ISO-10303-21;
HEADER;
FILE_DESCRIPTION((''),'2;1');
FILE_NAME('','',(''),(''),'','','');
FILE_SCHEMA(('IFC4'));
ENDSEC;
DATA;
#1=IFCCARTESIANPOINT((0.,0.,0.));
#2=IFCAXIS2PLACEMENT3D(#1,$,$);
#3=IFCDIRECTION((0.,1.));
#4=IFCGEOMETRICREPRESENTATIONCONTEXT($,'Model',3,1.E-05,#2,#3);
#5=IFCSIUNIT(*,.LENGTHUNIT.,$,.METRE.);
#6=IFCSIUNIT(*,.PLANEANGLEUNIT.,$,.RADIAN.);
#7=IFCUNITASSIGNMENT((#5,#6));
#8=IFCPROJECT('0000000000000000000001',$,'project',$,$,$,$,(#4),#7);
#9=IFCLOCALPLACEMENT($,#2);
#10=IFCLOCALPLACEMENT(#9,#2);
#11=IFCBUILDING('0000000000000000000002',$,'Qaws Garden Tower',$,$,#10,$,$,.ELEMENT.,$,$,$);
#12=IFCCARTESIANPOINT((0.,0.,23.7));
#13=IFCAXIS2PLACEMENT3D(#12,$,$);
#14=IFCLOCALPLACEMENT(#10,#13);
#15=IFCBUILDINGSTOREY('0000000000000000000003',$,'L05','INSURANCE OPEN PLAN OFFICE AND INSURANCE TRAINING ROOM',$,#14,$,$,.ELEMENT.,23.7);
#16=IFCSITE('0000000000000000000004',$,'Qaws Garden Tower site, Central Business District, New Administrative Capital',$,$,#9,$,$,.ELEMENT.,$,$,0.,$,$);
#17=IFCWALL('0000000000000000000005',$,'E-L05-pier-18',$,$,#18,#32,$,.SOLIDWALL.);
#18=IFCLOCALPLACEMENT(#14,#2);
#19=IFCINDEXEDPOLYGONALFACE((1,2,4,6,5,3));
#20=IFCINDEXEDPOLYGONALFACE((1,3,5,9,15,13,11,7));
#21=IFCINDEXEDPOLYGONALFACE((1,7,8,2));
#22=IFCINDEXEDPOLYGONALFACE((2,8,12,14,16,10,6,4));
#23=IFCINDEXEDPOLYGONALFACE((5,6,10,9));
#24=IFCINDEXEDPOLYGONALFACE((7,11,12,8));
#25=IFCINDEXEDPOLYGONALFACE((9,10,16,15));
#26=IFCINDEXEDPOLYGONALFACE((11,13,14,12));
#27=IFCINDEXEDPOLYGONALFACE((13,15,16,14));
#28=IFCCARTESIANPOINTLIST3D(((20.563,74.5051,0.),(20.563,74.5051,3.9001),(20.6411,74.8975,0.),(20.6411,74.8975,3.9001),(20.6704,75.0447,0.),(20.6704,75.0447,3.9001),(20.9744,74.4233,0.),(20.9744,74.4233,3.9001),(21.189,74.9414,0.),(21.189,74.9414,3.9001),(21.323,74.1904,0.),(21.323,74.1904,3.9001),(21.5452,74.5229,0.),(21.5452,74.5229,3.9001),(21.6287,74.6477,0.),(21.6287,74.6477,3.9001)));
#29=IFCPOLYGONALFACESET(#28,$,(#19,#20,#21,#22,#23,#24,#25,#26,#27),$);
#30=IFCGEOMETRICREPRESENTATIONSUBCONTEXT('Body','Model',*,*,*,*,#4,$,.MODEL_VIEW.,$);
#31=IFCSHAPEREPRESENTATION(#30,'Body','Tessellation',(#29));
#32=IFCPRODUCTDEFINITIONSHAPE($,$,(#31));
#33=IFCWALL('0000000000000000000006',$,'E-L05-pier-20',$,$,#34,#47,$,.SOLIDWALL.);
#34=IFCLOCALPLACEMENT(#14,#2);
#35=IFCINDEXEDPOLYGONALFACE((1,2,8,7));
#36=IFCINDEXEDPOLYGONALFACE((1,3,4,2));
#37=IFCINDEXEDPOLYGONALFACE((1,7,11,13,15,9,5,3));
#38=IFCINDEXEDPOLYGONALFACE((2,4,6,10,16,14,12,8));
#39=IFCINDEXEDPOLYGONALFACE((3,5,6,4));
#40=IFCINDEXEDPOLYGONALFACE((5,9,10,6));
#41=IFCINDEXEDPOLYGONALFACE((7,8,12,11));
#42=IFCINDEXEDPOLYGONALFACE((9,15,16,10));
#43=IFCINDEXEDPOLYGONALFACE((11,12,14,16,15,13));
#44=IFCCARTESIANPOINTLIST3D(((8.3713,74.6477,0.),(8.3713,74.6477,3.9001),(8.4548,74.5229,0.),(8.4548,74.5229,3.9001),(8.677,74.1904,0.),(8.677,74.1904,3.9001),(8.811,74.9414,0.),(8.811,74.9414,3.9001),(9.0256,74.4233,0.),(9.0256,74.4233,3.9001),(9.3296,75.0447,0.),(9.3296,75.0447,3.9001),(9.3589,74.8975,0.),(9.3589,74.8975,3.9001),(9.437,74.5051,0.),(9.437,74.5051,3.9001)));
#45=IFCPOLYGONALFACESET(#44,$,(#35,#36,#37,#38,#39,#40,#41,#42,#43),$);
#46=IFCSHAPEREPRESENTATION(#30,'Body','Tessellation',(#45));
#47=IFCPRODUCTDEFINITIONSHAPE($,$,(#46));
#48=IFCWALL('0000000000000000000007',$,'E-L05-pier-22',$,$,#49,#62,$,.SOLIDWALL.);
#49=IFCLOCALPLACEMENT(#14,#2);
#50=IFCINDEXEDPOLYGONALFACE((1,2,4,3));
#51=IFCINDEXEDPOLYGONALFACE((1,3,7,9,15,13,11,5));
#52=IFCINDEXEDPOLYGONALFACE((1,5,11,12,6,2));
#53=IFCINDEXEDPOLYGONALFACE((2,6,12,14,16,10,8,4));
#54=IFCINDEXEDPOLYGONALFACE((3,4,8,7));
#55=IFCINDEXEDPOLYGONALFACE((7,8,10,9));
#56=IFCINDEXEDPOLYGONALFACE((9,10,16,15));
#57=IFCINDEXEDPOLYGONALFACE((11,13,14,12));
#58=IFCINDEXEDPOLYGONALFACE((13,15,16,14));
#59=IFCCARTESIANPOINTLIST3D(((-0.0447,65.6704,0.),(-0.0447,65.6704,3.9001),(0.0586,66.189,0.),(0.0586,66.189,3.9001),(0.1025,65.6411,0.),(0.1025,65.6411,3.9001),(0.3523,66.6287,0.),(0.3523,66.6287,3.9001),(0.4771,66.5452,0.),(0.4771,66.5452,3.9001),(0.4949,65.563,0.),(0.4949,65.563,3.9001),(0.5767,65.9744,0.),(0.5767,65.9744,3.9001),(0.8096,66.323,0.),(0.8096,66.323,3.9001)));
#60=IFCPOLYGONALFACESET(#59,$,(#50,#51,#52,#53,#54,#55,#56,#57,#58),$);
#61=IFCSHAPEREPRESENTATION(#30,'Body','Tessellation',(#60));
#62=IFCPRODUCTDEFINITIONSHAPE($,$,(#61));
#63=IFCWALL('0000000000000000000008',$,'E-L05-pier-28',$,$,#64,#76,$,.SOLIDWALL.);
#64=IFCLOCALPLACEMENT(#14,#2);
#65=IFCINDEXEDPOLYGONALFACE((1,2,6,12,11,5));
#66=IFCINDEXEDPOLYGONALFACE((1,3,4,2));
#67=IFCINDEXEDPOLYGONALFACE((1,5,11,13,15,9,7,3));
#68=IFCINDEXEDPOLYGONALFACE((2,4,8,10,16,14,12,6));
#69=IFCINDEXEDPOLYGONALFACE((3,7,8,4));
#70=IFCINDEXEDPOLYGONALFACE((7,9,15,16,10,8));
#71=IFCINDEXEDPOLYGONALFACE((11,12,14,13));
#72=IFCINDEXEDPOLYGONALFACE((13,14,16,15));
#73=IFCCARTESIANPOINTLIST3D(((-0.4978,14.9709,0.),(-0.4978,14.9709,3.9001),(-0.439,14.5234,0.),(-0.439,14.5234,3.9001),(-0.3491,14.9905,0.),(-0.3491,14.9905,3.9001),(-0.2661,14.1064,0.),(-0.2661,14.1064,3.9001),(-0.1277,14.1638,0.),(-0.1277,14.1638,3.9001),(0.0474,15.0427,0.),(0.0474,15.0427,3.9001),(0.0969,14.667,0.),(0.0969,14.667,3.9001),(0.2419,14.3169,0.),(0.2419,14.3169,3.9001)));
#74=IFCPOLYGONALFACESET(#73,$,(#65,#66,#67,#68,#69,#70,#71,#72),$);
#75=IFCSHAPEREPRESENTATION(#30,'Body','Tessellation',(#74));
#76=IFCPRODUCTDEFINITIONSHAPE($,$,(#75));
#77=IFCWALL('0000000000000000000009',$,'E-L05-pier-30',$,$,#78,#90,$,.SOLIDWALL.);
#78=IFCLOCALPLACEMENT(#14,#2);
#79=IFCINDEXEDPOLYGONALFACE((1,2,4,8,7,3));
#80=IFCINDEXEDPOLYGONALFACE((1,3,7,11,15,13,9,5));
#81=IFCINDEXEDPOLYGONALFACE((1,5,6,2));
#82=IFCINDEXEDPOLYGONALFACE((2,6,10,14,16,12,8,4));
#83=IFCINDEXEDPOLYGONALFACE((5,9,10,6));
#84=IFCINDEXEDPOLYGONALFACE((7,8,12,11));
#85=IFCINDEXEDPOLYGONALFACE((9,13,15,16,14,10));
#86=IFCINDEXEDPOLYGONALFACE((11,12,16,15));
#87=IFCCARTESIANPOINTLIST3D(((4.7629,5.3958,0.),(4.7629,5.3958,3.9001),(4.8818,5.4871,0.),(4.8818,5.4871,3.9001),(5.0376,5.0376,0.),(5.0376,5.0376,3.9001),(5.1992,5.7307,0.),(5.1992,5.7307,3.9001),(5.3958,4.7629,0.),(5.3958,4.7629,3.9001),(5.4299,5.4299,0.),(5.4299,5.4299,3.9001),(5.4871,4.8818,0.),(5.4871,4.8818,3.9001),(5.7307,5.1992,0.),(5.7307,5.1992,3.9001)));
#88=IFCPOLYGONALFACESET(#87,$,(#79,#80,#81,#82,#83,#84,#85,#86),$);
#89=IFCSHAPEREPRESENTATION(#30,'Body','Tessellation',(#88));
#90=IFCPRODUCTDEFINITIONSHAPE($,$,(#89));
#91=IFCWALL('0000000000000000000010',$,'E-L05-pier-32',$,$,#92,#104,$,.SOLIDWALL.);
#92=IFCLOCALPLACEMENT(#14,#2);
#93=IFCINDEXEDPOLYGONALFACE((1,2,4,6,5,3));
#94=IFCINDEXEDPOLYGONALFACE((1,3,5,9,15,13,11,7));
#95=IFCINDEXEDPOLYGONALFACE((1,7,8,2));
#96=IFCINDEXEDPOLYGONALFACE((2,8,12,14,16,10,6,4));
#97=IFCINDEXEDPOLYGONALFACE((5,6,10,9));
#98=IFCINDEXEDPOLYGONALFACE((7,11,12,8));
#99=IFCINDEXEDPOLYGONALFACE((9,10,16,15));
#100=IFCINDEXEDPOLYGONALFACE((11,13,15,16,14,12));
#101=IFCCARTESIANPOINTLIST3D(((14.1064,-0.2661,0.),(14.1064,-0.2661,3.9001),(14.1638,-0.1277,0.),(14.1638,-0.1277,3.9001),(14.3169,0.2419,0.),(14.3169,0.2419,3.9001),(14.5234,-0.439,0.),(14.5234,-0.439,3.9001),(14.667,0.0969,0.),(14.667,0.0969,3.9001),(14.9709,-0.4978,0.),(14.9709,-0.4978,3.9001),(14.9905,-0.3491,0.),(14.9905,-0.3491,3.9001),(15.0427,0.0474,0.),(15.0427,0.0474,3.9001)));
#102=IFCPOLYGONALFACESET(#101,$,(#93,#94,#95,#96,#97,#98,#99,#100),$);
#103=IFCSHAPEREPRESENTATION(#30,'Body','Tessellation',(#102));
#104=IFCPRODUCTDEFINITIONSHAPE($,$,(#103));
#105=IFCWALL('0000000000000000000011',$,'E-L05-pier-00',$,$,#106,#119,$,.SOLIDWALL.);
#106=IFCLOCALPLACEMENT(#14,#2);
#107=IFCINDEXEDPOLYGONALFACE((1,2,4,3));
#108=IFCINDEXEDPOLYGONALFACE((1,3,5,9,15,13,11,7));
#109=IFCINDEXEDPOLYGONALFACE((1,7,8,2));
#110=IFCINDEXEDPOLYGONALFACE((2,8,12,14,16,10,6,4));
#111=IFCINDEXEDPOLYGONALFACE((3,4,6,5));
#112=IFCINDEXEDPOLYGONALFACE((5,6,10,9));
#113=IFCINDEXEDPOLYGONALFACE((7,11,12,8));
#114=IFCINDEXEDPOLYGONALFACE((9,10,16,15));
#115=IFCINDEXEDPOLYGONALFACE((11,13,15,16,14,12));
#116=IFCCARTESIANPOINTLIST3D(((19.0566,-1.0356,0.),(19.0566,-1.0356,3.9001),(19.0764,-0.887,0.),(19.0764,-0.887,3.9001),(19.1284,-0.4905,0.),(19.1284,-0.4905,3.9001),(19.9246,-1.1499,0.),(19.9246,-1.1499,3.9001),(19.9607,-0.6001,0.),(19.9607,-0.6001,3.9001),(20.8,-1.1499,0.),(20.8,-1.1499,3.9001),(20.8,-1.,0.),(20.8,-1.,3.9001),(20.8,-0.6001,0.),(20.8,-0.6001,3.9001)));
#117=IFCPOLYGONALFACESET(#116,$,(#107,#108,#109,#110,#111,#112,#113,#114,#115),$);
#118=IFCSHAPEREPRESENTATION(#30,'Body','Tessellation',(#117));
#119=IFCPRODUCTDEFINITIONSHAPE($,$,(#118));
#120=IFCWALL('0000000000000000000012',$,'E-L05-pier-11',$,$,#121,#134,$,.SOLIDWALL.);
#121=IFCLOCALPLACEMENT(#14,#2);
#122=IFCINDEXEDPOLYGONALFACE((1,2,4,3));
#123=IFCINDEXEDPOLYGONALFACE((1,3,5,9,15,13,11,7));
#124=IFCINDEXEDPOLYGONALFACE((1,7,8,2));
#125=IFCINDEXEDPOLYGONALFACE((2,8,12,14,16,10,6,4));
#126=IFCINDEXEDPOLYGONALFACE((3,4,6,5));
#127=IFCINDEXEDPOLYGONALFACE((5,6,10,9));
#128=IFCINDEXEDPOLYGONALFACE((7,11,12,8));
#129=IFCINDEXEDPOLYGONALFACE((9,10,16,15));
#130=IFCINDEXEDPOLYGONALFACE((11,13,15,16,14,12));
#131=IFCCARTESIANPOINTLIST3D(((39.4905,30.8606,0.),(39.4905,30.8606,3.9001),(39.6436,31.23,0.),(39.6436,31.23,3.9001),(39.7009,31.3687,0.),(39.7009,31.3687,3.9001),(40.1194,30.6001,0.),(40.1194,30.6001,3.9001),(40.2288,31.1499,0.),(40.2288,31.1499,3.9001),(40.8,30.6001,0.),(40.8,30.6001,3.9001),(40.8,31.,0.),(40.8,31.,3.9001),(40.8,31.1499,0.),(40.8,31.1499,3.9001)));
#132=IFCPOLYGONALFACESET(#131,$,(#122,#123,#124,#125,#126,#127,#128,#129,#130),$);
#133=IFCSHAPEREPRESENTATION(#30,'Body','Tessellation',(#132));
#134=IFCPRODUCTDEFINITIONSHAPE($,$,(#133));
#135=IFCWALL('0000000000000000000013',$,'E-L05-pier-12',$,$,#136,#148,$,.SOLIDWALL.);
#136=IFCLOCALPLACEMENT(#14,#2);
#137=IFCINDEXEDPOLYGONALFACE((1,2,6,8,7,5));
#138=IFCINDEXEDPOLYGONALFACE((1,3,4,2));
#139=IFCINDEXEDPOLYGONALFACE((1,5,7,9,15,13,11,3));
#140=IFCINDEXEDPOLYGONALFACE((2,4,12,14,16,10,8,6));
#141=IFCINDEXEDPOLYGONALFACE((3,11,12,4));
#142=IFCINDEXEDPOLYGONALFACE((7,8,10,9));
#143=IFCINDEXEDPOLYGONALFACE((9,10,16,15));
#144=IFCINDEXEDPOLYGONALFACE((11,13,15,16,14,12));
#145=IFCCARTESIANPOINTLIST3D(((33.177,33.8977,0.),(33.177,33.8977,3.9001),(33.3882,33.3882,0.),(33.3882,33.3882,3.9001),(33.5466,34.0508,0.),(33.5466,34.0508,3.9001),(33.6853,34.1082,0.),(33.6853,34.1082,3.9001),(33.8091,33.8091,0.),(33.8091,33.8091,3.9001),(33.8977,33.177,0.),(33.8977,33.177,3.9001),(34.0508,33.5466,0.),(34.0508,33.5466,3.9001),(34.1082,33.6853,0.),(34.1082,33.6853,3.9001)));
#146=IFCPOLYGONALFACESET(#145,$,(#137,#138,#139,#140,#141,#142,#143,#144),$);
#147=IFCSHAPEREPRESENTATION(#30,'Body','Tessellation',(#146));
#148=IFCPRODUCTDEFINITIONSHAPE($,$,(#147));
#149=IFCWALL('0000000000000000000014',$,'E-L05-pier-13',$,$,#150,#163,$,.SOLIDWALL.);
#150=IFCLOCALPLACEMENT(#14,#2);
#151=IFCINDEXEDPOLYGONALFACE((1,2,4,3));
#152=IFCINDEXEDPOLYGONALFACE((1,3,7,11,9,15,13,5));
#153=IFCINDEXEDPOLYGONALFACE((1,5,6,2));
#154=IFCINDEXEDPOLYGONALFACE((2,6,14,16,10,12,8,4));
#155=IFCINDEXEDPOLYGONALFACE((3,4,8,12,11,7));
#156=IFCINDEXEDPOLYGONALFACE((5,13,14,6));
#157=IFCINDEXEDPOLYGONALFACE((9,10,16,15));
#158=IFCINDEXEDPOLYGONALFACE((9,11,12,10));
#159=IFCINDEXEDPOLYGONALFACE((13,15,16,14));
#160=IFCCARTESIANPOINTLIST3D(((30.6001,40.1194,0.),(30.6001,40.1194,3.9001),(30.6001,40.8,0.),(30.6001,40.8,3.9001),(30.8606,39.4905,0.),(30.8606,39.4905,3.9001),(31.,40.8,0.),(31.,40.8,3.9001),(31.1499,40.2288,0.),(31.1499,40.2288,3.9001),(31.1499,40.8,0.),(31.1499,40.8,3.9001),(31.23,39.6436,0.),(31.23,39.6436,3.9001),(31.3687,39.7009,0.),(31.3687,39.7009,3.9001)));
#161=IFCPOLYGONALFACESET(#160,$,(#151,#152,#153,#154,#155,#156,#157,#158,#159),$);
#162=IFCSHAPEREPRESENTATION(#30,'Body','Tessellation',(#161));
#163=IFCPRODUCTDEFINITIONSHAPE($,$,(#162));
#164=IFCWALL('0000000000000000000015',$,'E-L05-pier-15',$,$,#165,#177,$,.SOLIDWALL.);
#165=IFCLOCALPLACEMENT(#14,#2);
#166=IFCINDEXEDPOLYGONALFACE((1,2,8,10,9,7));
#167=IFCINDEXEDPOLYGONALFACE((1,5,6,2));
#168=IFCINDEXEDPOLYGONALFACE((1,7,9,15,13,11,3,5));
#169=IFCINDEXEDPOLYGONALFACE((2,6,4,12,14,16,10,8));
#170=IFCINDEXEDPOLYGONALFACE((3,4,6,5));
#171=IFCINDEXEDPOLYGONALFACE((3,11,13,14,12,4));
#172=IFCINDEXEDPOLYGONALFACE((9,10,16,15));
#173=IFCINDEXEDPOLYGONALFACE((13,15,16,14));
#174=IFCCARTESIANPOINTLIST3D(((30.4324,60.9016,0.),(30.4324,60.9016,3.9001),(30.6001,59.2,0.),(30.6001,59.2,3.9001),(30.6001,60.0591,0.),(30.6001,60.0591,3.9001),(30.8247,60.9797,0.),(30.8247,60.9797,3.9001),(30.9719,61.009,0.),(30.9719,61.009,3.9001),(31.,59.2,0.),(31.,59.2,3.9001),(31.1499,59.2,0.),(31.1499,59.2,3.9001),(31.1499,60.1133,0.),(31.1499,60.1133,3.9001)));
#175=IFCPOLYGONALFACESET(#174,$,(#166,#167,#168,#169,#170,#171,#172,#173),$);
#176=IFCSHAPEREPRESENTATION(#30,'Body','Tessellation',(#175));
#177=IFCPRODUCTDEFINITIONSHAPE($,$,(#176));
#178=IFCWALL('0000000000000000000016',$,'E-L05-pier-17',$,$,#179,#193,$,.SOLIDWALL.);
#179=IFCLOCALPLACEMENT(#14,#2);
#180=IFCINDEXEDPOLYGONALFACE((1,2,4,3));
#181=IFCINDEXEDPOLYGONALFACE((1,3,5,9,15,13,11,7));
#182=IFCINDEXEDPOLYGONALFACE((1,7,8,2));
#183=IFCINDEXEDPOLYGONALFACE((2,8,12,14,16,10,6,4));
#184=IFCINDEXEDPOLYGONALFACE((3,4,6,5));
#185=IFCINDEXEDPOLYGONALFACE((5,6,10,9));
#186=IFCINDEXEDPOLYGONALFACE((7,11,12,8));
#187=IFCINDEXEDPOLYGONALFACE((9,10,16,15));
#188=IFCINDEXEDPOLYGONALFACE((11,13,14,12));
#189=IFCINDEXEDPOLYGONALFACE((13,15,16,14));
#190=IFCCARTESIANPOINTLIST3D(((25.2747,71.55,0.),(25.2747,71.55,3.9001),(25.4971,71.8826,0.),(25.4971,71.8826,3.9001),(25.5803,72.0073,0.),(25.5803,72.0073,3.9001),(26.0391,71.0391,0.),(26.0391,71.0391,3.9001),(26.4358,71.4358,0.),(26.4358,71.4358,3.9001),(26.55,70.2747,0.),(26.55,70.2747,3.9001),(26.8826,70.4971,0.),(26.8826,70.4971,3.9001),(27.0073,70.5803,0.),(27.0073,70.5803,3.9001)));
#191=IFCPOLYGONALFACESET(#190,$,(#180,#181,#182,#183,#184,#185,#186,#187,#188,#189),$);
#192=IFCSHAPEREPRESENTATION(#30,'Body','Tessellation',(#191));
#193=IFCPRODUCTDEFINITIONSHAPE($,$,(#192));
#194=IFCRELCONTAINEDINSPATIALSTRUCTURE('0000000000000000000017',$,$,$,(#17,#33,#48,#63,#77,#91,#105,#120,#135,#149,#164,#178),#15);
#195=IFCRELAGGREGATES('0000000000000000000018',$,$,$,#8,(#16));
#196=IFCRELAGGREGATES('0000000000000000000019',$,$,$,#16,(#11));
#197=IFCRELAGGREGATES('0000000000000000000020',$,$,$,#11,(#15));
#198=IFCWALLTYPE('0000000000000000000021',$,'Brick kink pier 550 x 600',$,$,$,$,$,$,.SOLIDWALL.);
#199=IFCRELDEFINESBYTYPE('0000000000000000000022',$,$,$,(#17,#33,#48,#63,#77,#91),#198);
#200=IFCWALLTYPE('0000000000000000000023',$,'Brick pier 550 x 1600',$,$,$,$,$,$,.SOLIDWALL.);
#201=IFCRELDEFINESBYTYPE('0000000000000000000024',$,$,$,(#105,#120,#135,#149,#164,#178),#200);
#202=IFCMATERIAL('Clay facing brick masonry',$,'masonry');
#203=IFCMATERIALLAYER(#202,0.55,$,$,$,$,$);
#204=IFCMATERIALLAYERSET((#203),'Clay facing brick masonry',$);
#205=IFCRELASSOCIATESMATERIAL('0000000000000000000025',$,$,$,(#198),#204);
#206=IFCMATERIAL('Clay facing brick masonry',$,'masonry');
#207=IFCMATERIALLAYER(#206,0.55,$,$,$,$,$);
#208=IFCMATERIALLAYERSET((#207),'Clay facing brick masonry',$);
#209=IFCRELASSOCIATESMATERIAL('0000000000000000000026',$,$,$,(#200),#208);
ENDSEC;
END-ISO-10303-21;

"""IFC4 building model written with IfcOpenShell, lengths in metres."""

from ifc_helpers import new_model, si_unit, direction, frame, origin, place, context, subcontext, project, spatial, polyline, outline, extrude, material, layer, layer_set, type_object, element, save


model = new_model("IFC4")

# Units and contexts
model_context = context("Model", 3, precision=1e-05, world=origin(), true_north=direction((0.0, 1.0)))
body_context = subcontext(model_context, "Body", "Model", "MODEL_VIEW")
ifc_project = project(units=[si_unit("LENGTHUNIT", "METRE"), si_unit("PLANEANGLEUNIT", "RADIAN")], contexts=[model_context])

# Site, building, storey
site_placement = place(None, origin())
site = spatial("IfcSite", under=ifc_project, at=site_placement, Name="Qaws Garden Tower site, Central Business District, New Administrative Capital", CompositionType="ELEMENT", RefElevation=0.0)
building_placement = place(site_placement, origin())
building = spatial("IfcBuilding", under=site, at=building_placement, Name="Qaws Garden Tower", CompositionType="ELEMENT")
storey_placement = place(building_placement, frame((0.0, 0.0, 23.7)))
storey = spatial("IfcBuildingStorey", under=building, at=storey_placement, Name="L05", Description="INSURANCE OPEN PLAN OFFICE AND INSURANCE TRAINING ROOM", CompositionType="ELEMENT", Elevation=23.7)

# Walls
placement = place(storey_placement, origin())
ifc_material_1 = material(Name="Clay facing brick masonry", Category="masonry")
ifc_layer_1 = layer(ifc_material_1, 0.55)
ifc_layer_set_1 = layer_set([ifc_layer_1], Name="Clay facing brick masonry")
wall_type_1 = type_object("IfcWallType", Name="Brick kink pier 550 x 600", PredefinedType="SOLIDWALL", material=ifc_layer_set_1)
element("IfcWall", 1, at=placement, inside=storey, type_object=wall_type_1, Name="E-L05-pier-18", PredefinedType="SOLIDWALL", context=body_context, shape_type="SweptSolid", body=[
    extrude(outline(polyline([(21.5452, 74.5229), (21.6287, 74.6477), (21.189, 74.9414), (20.6704, 75.0447), (20.6411, 74.8975), (20.563, 74.5051), (20.9744, 74.4233), (21.323, 74.1904), (21.5452, 74.5229)])), origin(), (0.0, 0.0, 1.0), 3.9001),
])
element("IfcWall", 2, at=placement, inside=storey, type_object=wall_type_1, Name="E-L05-pier-20", PredefinedType="SOLIDWALL", context=body_context, shape_type="SweptSolid", body=[
    extrude(outline(polyline([(9.3589, 74.8975), (9.3296, 75.0447), (8.811, 74.9414), (8.3713, 74.6477), (8.4548, 74.5229), (8.677, 74.1904), (9.0256, 74.4233), (9.437, 74.5051), (9.3589, 74.8975)])), origin(), (0.0, 0.0, 1.0), 3.9001),
])
element("IfcWall", 3, at=placement, inside=storey, type_object=wall_type_1, Name="E-L05-pier-22", PredefinedType="SOLIDWALL", context=body_context, shape_type="SweptSolid", body=[
    extrude(outline(polyline([(0.4771, 66.5452), (0.3523, 66.6287), (0.0586, 66.189), (-0.0447, 65.6704), (0.1025, 65.6411), (0.4949, 65.563), (0.5767, 65.9744), (0.8096, 66.323), (0.4771, 66.5452)])), origin(), (0.0, 0.0, 1.0), 3.9001),
])
element("IfcWall", 4, at=placement, inside=storey, type_object=wall_type_1, Name="E-L05-pier-28", PredefinedType="SOLIDWALL", context=body_context, shape_type="SweptSolid", body=[
    extrude(outline(polyline([(-0.3491, 14.9905), (-0.4978, 14.9709), (-0.439, 14.5234), (-0.2661, 14.1064), (-0.1277, 14.1638), (0.2419, 14.3169), (0.0969, 14.667), (0.0474, 15.0427), (-0.3491, 14.9905)])), origin(), (0.0, 0.0, 1.0), 3.9001),
])
element("IfcWall", 5, at=placement, inside=storey, type_object=wall_type_1, Name="E-L05-pier-30", PredefinedType="SOLIDWALL", context=body_context, shape_type="SweptSolid", body=[
    extrude(outline(polyline([(4.8818, 5.4871), (4.7629, 5.3958), (5.0376, 5.0376), (5.3958, 4.7629), (5.4871, 4.8818), (5.7307, 5.1992), (5.4299, 5.4299), (5.1992, 5.7307), (4.8818, 5.4871)])), origin(), (0.0, 0.0, 1.0), 3.9001),
])
element("IfcWall", 6, at=placement, inside=storey, type_object=wall_type_1, Name="E-L05-pier-32", PredefinedType="SOLIDWALL", context=body_context, shape_type="SweptSolid", body=[
    extrude(outline(polyline([(14.1638, -0.1277), (14.1064, -0.2661), (14.5234, -0.439), (14.9709, -0.4978), (14.9905, -0.3491), (15.0427, 0.0474), (14.667, 0.0969), (14.3169, 0.2419), (14.1638, -0.1277)])), origin(), (0.0, 0.0, 1.0), 3.9001),
])
ifc_material_2 = material(Name="Clay facing brick masonry", Category="masonry")
ifc_layer_2 = layer(ifc_material_2, 0.55)
ifc_layer_set_2 = layer_set([ifc_layer_2], Name="Clay facing brick masonry")
wall_type_2 = type_object("IfcWallType", Name="Brick pier 550 x 1600", PredefinedType="SOLIDWALL", material=ifc_layer_set_2)
element("IfcWall", 7, at=placement, inside=storey, type_object=wall_type_2, Name="E-L05-pier-00", PredefinedType="SOLIDWALL", context=body_context, shape_type="SweptSolid", body=[
    extrude(outline(polyline([(19.0764, -0.887), (19.0566, -1.0356), (19.9246, -1.1499), (20.8, -1.1499), (20.8, -1.0), (20.8, -0.6001), (19.9607, -0.6001), (19.1284, -0.4905), (19.0764, -0.887)])), origin(), (0.0, 0.0, 1.0), 3.9001),
])
element("IfcWall", 8, at=placement, inside=storey, type_object=wall_type_2, Name="E-L05-pier-11", PredefinedType="SOLIDWALL", context=body_context, shape_type="SweptSolid", body=[
    extrude(outline(polyline([(40.8, 31.0), (40.8, 31.1499), (40.2288, 31.1499), (39.7009, 31.3687), (39.6436, 31.23), (39.4905, 30.8606), (40.1194, 30.6001), (40.8, 30.6001), (40.8, 31.0)])), origin(), (0.0, 0.0, 1.0), 3.9001),
])
element("IfcWall", 9, at=placement, inside=storey, type_object=wall_type_2, Name="E-L05-pier-12", PredefinedType="SOLIDWALL", context=body_context, shape_type="SweptSolid", body=[
    extrude(outline(polyline([(34.0508, 33.5466), (34.1082, 33.6853), (33.8091, 33.8091), (33.6853, 34.1082), (33.5466, 34.0508), (33.177, 33.8977), (33.3882, 33.3882), (33.8977, 33.177), (34.0508, 33.5466)])), origin(), (0.0, 0.0, 1.0), 3.9001),
])
element("IfcWall", 10, at=placement, inside=storey, type_object=wall_type_2, Name="E-L05-pier-13", PredefinedType="SOLIDWALL", context=body_context, shape_type="SweptSolid", body=[
    extrude(outline(polyline([(31.23, 39.6436), (31.3687, 39.7009), (31.1499, 40.2288), (31.1499, 40.8), (31.0, 40.8), (30.6001, 40.8), (30.6001, 40.1194), (30.8606, 39.4905), (31.23, 39.6436)])), origin(), (0.0, 0.0, 1.0), 3.9001),
])
element("IfcWall", 11, at=placement, inside=storey, type_object=wall_type_2, Name="E-L05-pier-15", PredefinedType="SOLIDWALL", context=body_context, shape_type="SweptSolid", body=[
    extrude(outline(polyline([(31.0, 59.2), (31.1499, 59.2), (31.1499, 60.1133), (30.9719, 61.009), (30.8247, 60.9797), (30.4324, 60.9016), (30.6001, 60.0591), (30.6001, 59.2), (31.0, 59.2)])), origin(), (0.0, 0.0, 1.0), 3.9001),
])
element("IfcWall", 12, at=placement, inside=storey, type_object=wall_type_2, Name="E-L05-pier-17", PredefinedType="SOLIDWALL", context=body_context, shape_type="SweptSolid", body=[
    extrude(outline(polyline([(26.8826, 70.4971), (27.0073, 70.5803), (26.4358, 71.4358), (25.5803, 72.0073), (25.4971, 71.8826), (25.2747, 71.55), (26.0391, 71.0391), (26.55, 70.2747), (26.8826, 70.4971)])), origin(), (0.0, 0.0, 1.0), 3.9001),
])

save(model, "model.ifc")
